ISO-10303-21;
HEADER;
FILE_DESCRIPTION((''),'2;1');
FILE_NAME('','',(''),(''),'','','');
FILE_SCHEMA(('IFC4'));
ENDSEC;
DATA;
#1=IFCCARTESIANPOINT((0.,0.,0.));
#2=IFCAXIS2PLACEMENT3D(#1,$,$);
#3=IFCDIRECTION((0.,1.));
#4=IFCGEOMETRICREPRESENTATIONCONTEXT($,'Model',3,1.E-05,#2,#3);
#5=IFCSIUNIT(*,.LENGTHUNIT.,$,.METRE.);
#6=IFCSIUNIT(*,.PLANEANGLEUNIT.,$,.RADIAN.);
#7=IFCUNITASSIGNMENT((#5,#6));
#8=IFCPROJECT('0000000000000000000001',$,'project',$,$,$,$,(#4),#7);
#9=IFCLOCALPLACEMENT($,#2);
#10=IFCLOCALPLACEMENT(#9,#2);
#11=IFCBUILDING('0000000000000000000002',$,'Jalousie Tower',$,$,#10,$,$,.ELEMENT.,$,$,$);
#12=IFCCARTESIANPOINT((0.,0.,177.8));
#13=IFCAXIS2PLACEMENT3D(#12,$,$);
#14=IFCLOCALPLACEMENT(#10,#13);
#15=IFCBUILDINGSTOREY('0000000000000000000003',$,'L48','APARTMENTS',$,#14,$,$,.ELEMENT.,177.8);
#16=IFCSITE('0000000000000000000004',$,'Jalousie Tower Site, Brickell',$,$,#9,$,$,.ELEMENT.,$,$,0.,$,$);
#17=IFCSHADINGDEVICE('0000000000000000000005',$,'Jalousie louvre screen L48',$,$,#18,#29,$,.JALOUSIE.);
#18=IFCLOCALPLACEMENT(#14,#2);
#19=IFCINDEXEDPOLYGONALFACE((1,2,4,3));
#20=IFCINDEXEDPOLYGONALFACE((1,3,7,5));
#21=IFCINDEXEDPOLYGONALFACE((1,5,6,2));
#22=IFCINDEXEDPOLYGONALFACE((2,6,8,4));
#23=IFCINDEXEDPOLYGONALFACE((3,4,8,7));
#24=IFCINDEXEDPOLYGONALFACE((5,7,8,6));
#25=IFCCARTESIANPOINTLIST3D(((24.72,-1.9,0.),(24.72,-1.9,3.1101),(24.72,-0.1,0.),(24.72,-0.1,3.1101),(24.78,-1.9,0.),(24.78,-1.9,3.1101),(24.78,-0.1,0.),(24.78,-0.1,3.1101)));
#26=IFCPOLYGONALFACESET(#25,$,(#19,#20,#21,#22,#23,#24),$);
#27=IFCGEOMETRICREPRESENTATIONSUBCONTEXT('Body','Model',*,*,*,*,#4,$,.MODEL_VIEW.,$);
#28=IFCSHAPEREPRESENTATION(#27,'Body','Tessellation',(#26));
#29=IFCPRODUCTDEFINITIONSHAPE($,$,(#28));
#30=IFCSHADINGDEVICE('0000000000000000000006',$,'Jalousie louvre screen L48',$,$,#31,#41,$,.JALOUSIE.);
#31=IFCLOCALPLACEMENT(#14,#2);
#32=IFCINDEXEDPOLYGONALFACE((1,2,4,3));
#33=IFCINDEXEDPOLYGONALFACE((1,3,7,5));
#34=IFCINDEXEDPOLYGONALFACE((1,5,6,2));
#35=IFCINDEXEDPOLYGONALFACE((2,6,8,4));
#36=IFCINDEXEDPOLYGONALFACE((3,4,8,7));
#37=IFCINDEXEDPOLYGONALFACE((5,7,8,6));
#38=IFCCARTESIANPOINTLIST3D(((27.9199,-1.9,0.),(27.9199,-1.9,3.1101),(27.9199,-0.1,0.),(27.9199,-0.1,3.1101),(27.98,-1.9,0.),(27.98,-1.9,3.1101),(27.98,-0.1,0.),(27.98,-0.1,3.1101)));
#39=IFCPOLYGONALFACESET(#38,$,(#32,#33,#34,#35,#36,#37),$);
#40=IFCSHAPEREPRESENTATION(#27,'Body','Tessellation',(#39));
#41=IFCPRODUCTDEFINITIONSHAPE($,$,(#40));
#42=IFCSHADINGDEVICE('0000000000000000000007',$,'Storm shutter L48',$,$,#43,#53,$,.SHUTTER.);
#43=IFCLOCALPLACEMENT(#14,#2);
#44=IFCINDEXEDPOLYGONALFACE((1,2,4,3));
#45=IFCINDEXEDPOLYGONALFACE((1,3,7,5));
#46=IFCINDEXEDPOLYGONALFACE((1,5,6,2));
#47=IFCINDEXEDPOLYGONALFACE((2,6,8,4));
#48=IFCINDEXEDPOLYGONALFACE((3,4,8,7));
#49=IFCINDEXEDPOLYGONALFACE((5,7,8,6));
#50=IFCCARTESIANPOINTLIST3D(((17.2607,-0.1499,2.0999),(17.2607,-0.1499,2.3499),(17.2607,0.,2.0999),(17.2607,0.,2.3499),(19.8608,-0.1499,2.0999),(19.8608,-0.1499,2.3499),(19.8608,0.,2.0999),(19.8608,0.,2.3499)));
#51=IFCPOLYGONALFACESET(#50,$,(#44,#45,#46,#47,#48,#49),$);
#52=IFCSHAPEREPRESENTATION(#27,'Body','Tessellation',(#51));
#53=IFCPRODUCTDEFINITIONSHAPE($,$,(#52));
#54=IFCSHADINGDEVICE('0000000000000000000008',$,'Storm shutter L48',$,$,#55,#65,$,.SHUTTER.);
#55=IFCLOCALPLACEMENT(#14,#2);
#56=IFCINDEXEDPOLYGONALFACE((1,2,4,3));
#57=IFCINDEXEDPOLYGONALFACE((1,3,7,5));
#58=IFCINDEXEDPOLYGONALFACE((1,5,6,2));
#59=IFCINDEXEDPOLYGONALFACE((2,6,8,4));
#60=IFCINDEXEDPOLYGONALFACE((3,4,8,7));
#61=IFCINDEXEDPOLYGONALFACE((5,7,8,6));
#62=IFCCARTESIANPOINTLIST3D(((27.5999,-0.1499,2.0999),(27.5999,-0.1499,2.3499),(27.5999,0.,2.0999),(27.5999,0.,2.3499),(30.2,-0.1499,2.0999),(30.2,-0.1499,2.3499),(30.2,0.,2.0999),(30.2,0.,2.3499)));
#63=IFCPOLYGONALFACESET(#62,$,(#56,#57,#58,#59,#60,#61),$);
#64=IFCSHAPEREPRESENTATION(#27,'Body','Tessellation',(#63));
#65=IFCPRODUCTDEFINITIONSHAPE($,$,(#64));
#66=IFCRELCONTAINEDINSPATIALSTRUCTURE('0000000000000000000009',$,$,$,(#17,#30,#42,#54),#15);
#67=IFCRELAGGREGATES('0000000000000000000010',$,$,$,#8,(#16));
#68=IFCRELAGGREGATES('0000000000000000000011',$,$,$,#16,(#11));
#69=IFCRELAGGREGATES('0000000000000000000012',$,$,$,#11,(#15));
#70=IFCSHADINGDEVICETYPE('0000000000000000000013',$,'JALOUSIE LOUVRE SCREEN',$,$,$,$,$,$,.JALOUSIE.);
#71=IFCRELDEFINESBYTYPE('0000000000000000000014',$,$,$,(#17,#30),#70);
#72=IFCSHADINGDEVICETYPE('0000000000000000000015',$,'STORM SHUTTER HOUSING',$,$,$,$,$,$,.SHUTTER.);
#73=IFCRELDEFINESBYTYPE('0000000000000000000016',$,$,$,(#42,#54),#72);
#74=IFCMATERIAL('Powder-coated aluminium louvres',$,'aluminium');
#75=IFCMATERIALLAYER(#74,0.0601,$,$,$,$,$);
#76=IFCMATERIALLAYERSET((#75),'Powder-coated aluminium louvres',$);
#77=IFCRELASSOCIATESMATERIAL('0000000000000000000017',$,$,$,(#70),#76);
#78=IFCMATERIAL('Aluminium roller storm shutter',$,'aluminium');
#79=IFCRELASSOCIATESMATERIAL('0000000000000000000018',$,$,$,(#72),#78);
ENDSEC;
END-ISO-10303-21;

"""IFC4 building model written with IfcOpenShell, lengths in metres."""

from ifc_helpers import new_model, si_unit, direction, frame, origin, origin_2d, place, context, subcontext, project, spatial, rectangle, extrude, material, layer, layer_set, type_object, element, save


model = new_model("IFC4")

# Units and contexts
model_context = context("Model", 3, precision=1e-05, world=origin(), true_north=direction((0.0, 1.0)))
body_context = subcontext(model_context, "Body", "Model", "MODEL_VIEW")
ifc_project = project(units=[si_unit("LENGTHUNIT", "METRE"), si_unit("PLANEANGLEUNIT", "RADIAN")], contexts=[model_context])

# Site, building, storey
site_placement = place(None, origin())
site = spatial("IfcSite", under=ifc_project, at=site_placement, Name="Jalousie Tower Site, Brickell", CompositionType="ELEMENT", RefElevation=0.0)
building_placement = place(site_placement, origin())
building = spatial("IfcBuilding", under=site, at=building_placement, Name="Jalousie Tower", CompositionType="ELEMENT")
storey_placement = place(building_placement, frame((0.0, 0.0, 177.8)))
storey = spatial("IfcBuildingStorey", under=building, at=storey_placement, Name="L48", Description="APARTMENTS", CompositionType="ELEMENT", Elevation=177.8)

# Shading devices
ifc_material_1 = material(Name="Powder-coated aluminium louvres", Category="aluminium")
ifc_layer_1 = layer(ifc_material_1, 0.0601)
ifc_layer_set_1 = layer_set([ifc_layer_1], Name="Powder-coated aluminium louvres")
shading_device_type_1 = type_object("IfcShadingDeviceType", Name="JALOUSIE LOUVRE SCREEN", PredefinedType="JALOUSIE", material=ifc_layer_set_1)
for number, where, z_axis, x_axis, name in (
    (1, (24.75, -1.0, 0.0), (0.0, 0.0, 1.0), (1.0, 0.0, 0.0), "Jalousie louvre screen L48"),
    (2, (27.95, -1.0, 0.0), (0.0, 0.0, 1.0), (1.0, 0.0, 0.0), "Jalousie louvre screen L48"),
):
    element("IfcShadingDevice", number, at=place(storey_placement, frame(where, z_axis=z_axis, x_axis=x_axis)), inside=storey, type_object=shading_device_type_1, Name=name, PredefinedType="JALOUSIE", context=body_context, shape_type="SweptSolid", body=[
        extrude(rectangle(XDim=0.0601, YDim=1.8, at=origin_2d()), origin(), (0.0, 0.0, 1.0), 3.1101),
    ])
ifc_material_2 = material(Name="Aluminium roller storm shutter", Category="aluminium")
shading_device_type_2 = type_object("IfcShadingDeviceType", Name="STORM SHUTTER HOUSING", PredefinedType="SHUTTER", material=ifc_material_2)
for number, where, z_axis, x_axis, name in (
    (3, (18.5608, -0.075, 2.0999), (0.0, 0.0, 1.0), (1.0, 0.0, 0.0), "Storm shutter L48"),
    (4, (28.8999, -0.075, 2.0999), (0.0, 0.0, 1.0), (1.0, 0.0, 0.0), "Storm shutter L48"),
):
    element("IfcShadingDevice", number, at=place(storey_placement, frame(where, z_axis=z_axis, x_axis=x_axis)), inside=storey, type_object=shading_device_type_2, Name=name, PredefinedType="SHUTTER", context=body_context, shape_type="SweptSolid", body=[
        extrude(rectangle(XDim=2.6001, YDim=0.1499, at=origin_2d()), origin(), (0.0, 0.0, 1.0), 0.25),
    ])

save(model, "model.ifc")
